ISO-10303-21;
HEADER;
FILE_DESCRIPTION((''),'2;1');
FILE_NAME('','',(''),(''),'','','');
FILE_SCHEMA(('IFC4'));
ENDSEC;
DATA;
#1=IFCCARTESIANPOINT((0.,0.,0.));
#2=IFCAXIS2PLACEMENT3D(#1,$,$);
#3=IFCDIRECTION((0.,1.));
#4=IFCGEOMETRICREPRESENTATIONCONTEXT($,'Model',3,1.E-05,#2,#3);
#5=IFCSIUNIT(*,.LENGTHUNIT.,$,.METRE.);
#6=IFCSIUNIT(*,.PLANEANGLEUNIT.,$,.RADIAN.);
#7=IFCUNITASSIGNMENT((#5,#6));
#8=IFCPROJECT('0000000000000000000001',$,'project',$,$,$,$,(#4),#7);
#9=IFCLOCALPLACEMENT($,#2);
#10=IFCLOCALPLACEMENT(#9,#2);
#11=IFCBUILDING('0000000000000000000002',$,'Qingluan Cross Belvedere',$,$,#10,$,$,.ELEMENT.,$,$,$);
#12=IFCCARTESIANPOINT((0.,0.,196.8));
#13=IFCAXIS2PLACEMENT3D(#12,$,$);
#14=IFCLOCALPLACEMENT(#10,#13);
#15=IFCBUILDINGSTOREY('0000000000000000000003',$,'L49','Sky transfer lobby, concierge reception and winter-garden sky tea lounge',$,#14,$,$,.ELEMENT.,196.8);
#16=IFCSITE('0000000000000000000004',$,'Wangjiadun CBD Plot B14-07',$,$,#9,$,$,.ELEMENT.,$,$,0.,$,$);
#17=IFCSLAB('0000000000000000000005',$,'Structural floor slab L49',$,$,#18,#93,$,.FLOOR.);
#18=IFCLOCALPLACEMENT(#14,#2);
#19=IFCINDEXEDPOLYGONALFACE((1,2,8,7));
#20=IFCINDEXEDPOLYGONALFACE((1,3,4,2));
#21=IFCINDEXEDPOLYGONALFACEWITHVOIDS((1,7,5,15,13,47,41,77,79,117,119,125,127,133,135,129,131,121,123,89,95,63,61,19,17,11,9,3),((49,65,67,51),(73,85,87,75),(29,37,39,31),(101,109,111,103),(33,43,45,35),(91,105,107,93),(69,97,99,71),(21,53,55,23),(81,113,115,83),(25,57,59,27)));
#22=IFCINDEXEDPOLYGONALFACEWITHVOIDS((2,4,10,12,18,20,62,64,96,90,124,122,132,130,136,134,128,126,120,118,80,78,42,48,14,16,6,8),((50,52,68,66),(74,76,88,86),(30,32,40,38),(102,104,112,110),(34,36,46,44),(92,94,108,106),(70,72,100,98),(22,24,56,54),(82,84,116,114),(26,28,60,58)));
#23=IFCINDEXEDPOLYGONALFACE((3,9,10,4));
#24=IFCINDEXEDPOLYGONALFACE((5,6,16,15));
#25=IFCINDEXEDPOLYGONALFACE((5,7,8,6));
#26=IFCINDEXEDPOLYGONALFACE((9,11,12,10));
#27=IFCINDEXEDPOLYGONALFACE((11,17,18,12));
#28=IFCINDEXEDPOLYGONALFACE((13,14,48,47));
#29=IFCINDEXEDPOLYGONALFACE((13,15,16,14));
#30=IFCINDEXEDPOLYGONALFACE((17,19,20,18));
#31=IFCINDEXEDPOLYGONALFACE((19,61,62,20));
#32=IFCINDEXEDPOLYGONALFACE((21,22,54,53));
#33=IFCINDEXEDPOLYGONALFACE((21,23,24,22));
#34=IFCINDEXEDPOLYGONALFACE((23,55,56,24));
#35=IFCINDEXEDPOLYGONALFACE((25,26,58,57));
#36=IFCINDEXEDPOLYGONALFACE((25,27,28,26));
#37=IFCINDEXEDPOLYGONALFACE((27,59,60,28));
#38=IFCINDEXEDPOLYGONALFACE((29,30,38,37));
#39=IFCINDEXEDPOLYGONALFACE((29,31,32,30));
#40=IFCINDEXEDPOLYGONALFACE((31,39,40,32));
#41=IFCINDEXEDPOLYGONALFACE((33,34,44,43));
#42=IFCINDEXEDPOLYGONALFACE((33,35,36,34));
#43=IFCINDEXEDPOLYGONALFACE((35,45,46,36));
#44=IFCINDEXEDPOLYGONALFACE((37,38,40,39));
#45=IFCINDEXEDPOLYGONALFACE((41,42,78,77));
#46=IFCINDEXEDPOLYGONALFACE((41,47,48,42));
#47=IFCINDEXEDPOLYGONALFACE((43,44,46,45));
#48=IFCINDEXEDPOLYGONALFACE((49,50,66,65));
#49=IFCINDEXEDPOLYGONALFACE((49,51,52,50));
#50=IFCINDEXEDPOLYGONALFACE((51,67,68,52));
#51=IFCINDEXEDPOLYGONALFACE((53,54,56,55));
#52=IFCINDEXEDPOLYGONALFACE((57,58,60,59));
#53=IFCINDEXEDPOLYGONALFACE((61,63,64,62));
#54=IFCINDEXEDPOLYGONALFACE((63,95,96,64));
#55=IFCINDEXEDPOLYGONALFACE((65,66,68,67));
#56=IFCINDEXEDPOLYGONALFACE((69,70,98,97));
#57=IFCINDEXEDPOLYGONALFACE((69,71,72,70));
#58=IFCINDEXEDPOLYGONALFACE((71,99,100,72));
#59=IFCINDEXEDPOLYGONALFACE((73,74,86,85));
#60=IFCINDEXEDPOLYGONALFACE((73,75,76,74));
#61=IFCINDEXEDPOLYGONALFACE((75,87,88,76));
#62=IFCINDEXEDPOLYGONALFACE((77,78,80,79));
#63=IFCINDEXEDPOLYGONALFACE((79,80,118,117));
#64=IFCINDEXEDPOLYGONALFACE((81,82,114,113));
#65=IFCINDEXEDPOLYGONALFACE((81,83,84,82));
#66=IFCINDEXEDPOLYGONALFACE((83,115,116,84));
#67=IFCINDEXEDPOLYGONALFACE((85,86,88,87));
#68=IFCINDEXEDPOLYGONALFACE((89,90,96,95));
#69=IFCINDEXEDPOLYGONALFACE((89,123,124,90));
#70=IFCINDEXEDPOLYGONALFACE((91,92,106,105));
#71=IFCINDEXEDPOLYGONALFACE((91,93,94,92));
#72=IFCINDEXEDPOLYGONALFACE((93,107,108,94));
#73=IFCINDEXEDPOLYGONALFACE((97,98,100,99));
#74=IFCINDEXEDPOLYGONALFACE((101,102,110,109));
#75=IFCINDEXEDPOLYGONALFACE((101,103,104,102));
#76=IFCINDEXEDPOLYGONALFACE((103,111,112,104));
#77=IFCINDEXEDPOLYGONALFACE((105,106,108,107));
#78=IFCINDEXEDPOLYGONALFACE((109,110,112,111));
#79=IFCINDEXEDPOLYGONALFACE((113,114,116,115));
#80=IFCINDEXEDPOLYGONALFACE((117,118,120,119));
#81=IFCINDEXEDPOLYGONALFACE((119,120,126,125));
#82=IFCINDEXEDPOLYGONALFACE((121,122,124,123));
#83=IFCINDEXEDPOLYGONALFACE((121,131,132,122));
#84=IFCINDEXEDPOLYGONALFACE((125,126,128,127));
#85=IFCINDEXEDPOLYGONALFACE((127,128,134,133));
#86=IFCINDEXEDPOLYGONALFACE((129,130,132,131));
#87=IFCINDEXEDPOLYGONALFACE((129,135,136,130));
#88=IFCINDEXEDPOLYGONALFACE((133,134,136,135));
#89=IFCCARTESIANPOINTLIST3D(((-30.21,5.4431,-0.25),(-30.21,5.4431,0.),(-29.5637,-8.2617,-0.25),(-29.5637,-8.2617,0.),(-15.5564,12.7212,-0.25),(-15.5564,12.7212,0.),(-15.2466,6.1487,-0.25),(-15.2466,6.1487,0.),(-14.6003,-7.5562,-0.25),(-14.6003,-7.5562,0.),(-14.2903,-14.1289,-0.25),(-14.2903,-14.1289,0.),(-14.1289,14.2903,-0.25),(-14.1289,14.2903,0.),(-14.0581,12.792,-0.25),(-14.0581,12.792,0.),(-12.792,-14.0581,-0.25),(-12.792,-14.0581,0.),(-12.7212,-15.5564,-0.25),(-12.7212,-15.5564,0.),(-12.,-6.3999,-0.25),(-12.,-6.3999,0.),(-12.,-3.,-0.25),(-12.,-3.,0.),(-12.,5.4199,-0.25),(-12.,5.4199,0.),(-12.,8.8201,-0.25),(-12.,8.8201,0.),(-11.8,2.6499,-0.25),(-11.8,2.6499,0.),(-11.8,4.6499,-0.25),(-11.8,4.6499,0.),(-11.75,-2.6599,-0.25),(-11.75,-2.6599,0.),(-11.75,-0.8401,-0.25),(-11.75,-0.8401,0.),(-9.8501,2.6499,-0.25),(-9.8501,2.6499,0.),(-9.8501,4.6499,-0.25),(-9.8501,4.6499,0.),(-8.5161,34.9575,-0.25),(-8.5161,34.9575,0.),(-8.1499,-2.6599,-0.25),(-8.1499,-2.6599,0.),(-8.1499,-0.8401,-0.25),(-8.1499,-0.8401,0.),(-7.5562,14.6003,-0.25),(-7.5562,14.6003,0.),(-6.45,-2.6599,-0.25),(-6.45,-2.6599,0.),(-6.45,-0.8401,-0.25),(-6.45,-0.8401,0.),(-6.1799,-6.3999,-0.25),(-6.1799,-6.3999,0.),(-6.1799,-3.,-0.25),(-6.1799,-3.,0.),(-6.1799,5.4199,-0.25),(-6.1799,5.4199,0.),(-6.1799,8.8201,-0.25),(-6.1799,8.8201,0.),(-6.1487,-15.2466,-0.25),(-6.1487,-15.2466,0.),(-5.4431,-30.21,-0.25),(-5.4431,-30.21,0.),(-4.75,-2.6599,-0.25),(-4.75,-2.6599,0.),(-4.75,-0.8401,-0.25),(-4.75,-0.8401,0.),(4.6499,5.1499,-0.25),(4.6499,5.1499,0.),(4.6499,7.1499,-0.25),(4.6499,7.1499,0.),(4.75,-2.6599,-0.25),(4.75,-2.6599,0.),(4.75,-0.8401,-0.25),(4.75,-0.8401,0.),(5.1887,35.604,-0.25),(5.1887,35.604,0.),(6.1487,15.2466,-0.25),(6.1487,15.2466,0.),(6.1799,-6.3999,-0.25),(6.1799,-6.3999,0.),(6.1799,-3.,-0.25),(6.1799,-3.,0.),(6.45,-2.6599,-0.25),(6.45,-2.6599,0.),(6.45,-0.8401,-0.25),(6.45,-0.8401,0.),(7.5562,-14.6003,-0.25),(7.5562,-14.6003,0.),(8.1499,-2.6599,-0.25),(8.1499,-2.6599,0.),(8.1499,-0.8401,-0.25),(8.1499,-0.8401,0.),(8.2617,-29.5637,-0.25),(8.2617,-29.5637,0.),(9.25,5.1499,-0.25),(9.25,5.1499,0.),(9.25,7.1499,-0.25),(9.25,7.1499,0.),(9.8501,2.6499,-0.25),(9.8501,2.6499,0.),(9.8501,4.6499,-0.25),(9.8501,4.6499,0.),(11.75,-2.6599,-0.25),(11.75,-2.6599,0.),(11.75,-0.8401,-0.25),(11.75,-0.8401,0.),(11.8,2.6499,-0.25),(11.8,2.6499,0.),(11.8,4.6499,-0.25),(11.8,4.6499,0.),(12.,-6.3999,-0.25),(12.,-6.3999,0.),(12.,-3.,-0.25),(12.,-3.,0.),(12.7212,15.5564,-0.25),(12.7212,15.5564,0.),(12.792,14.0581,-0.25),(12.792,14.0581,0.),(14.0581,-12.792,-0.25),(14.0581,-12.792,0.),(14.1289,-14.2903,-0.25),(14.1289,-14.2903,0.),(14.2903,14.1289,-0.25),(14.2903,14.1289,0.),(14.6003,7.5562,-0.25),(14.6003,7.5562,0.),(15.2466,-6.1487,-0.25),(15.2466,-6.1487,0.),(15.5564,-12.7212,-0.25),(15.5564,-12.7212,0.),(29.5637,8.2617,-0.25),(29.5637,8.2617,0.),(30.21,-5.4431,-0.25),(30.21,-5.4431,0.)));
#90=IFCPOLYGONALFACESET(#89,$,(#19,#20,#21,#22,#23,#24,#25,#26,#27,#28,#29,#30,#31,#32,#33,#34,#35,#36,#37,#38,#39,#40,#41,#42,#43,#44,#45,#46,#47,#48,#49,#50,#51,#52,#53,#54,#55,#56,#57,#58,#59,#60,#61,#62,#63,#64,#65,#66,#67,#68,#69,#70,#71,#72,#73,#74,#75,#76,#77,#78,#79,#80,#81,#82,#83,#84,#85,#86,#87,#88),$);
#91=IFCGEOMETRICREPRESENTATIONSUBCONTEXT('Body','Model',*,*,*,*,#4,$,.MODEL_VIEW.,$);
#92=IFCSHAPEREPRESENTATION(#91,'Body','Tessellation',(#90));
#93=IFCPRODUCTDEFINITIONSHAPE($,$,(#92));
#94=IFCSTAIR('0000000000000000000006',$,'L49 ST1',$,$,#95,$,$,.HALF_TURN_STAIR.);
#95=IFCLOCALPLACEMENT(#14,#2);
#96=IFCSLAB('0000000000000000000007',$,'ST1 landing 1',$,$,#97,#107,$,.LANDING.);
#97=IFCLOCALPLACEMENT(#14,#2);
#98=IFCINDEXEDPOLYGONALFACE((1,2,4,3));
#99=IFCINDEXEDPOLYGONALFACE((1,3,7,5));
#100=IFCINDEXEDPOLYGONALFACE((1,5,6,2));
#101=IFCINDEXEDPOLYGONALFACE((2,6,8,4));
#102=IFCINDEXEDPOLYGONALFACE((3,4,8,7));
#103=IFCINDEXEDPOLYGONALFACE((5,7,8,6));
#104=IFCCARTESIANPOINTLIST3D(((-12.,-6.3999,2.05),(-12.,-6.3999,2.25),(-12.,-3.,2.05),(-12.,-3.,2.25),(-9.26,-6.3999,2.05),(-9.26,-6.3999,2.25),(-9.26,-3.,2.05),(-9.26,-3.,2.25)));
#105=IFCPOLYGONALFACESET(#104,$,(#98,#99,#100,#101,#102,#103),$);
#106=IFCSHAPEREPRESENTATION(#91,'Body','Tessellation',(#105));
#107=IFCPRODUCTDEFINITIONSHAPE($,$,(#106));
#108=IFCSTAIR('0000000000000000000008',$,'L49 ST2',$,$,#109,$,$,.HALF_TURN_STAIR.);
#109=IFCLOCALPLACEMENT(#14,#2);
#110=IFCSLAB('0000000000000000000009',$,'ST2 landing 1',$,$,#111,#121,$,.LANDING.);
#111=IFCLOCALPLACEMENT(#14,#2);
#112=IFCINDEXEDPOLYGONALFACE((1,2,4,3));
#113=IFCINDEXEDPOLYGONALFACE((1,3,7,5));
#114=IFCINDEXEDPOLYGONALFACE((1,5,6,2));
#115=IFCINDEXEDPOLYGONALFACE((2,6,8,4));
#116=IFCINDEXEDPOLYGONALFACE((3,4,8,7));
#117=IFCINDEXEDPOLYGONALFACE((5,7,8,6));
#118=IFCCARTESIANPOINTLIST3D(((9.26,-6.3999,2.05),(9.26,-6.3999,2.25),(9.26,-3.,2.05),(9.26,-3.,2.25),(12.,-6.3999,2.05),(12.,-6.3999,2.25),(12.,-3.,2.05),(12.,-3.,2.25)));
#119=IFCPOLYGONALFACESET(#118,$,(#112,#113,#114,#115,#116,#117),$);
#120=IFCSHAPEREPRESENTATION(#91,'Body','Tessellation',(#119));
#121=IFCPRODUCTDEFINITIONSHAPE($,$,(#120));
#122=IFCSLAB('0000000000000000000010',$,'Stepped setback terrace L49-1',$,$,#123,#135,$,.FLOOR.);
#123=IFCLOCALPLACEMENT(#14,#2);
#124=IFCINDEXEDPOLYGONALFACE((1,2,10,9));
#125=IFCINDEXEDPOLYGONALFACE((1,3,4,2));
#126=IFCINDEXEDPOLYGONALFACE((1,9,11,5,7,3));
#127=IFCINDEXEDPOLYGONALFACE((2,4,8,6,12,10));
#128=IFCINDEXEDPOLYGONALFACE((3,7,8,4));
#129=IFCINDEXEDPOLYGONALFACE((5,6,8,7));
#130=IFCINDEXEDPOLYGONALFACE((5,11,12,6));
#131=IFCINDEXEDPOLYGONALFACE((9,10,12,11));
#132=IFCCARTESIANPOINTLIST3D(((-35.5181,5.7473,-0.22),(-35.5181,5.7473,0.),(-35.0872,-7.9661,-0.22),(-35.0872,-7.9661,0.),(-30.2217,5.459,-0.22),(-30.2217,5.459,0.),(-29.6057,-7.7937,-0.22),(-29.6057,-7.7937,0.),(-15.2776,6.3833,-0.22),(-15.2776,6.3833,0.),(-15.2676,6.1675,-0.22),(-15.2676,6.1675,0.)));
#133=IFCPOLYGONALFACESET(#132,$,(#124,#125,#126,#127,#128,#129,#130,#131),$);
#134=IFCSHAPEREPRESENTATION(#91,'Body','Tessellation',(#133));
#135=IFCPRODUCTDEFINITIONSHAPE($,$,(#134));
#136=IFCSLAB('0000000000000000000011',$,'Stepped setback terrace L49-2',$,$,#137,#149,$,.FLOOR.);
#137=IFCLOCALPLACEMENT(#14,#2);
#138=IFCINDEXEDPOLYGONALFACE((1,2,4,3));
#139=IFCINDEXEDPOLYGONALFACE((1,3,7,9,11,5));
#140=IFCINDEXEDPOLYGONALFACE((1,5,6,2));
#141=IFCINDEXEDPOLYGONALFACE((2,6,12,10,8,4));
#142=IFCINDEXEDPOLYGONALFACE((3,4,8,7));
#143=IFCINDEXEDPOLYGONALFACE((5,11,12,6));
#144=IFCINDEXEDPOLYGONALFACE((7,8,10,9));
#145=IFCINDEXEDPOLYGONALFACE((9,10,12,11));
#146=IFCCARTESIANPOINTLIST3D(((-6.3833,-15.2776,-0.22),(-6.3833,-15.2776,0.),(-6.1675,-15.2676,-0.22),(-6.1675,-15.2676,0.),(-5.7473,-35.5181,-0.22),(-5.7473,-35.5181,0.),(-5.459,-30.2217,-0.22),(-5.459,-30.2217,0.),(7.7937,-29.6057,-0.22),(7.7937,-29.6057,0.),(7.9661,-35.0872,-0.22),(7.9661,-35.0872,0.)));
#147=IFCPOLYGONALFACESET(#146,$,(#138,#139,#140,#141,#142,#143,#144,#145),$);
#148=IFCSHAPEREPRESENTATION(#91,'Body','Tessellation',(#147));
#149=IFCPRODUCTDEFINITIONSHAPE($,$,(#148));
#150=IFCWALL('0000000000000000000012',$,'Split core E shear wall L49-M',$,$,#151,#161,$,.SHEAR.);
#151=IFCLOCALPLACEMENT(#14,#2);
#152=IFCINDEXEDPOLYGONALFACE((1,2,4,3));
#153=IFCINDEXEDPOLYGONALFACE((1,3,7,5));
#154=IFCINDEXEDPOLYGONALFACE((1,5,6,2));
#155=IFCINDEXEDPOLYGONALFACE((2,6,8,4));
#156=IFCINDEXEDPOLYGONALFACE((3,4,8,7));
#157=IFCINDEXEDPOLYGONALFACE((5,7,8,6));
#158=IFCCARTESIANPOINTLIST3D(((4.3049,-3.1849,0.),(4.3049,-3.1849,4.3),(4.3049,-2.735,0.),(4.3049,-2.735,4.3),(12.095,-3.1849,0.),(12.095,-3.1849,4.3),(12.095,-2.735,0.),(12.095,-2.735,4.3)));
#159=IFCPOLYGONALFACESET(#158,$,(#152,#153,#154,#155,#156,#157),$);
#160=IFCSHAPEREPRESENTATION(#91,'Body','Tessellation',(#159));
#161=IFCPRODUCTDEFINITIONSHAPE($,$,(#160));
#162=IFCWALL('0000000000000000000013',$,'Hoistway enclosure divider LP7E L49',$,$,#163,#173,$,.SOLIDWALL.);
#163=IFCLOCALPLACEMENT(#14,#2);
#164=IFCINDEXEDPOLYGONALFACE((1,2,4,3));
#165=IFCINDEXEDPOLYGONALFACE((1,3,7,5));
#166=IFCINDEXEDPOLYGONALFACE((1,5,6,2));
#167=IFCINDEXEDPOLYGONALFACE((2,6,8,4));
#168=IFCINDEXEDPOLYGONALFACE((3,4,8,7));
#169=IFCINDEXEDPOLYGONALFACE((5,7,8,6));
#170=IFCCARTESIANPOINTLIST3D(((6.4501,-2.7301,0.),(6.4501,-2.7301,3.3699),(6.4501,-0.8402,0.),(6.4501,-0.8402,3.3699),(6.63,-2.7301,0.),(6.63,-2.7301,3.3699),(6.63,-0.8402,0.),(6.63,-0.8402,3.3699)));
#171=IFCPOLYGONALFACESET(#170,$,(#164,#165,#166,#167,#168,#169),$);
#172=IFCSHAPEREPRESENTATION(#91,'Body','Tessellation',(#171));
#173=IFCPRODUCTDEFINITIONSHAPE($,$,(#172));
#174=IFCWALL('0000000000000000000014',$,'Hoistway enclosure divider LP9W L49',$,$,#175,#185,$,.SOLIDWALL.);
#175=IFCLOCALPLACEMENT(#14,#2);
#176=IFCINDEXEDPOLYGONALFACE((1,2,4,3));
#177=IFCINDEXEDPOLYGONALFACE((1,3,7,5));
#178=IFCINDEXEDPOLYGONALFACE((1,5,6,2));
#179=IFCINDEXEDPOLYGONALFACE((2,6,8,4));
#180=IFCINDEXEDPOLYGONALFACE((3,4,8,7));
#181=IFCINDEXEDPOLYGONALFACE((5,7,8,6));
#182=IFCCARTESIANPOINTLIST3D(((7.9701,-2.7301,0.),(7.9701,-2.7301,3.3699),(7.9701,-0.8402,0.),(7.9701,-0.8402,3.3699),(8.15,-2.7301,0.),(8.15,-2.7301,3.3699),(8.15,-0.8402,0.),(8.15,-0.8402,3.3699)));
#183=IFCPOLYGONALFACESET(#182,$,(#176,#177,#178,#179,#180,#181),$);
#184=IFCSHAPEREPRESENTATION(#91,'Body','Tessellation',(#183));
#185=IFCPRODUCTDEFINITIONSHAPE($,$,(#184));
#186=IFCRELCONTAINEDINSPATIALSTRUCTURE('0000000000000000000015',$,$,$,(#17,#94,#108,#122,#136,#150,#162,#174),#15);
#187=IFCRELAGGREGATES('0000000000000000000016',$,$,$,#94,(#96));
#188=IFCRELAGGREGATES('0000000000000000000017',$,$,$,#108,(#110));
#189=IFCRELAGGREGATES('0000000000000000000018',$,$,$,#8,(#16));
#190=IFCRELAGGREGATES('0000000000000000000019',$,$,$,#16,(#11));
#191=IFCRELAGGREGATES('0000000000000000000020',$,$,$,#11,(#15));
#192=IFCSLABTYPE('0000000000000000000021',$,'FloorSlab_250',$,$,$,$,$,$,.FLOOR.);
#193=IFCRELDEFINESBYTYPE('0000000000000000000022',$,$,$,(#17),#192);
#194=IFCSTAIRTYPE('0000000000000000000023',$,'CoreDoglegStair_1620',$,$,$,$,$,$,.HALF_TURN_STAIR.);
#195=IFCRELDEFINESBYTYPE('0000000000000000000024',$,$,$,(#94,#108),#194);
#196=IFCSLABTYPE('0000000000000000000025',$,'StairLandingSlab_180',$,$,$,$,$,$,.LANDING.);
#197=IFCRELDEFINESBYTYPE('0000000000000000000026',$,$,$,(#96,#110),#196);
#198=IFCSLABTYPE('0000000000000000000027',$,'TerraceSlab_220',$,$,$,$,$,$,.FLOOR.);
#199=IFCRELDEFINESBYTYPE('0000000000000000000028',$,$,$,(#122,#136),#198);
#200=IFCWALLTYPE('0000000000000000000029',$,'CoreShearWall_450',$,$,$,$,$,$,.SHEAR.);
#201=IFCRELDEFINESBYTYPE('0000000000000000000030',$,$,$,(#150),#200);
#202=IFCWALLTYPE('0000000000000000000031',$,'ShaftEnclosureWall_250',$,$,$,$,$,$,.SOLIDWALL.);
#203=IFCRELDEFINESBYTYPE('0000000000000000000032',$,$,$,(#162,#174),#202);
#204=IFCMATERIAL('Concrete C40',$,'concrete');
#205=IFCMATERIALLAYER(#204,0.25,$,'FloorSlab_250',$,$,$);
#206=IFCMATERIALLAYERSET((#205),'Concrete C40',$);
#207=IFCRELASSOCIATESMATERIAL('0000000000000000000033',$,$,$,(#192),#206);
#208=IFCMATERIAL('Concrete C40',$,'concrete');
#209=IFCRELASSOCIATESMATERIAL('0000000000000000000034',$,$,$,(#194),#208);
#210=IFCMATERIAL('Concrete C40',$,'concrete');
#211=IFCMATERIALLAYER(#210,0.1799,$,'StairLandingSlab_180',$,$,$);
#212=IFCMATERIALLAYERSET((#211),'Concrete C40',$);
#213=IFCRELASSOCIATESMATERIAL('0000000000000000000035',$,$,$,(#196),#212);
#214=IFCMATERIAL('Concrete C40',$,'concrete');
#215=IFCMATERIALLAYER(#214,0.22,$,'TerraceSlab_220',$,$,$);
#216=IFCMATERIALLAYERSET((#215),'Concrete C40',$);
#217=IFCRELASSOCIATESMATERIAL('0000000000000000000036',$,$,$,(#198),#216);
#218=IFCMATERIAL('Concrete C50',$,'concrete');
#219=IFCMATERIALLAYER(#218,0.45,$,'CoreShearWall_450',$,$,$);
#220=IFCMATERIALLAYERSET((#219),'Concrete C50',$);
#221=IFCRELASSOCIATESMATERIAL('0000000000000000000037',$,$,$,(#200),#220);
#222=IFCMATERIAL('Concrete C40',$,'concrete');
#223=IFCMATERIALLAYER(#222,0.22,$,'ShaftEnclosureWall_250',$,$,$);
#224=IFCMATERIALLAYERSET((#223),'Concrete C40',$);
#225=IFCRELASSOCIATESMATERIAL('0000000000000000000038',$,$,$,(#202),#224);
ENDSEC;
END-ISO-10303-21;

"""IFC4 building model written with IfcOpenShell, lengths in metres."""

from ifc_helpers import new_model, si_unit, direction, frame, frame_2d, origin, place, context, subcontext, project, spatial, polyline, rectangle, outline, extrude, material, layer, layer_set, type_object, element, aggregate, save


model = new_model("IFC4")

# Units and contexts
model_context = context("Model", 3, precision=1e-05, world=origin(), true_north=direction((0.0, 1.0)))
body_context = subcontext(model_context, "Body", "Model", "MODEL_VIEW")
ifc_project = project(units=[si_unit("LENGTHUNIT", "METRE"), si_unit("PLANEANGLEUNIT", "RADIAN")], contexts=[model_context])

# Site, building, storey
site_placement = place(None, origin())
site = spatial("IfcSite", under=ifc_project, at=site_placement, Name="Wangjiadun CBD Plot B14-07", CompositionType="ELEMENT", RefElevation=0.0)
building_placement = place(site_placement, origin())
building = spatial("IfcBuilding", under=site, at=building_placement, Name="Qingluan Cross Belvedere", CompositionType="ELEMENT")
storey_placement = place(building_placement, frame((0.0, 0.0, 196.8)))
storey = spatial("IfcBuildingStorey", under=building, at=storey_placement, Name="L49", Description="Sky transfer lobby, concierge reception and winter-garden sky tea lounge", CompositionType="ELEMENT", Elevation=196.8)

# Slab
ifc_material_1 = material(Name="Concrete C40", Category="concrete")
ifc_layer_1 = layer(ifc_material_1, 0.25, Name="FloorSlab_250")
ifc_layer_set_1 = layer_set([ifc_layer_1], Name="Concrete C40")
slab_type_1 = type_object("IfcSlabType", Name="FloorSlab_250", PredefinedType="FLOOR", material=ifc_layer_set_1)
slab_1_placement = place(storey_placement, frame((0.0, 0.0, -0.25)))
element("IfcSlab", 1, at=slab_1_placement, inside=storey, type_object=slab_type_1, Name="Structural floor slab L49", PredefinedType="FLOOR", context=body_context, shape_type="SweptSolid", body=[
    extrude(outline(polyline([(8.2617, -29.5637), (7.5562, -14.6003), (14.1289, -14.2903), (14.0581, -12.792), (15.5564, -12.7212), (15.2466, -6.1487), (30.21, -5.4431), (29.5637, 8.2617), (14.6003, 7.5562), (14.2903, 14.1289), (12.792, 14.0581), (12.7212, 15.5564), (6.1487, 15.2466), (5.1887, 35.604), (-8.5161, 34.9575), (-7.5562, 14.6003), (-14.1289, 14.2903), (-14.0581, 12.792), (-15.5564, 12.7212), (-15.2466, 6.1487), (-30.21, 5.4431), (-29.5637, -8.2617), (-14.6003, -7.5562), (-14.2903, -14.1289), (-12.792, -14.0581), (-12.7212, -15.5564), (-6.1487, -15.2466), (-5.4431, -30.21), (8.2617, -29.5637)]), holes=[polyline([(-12.0, -3.0), (-6.1799, -3.0), (-6.1799, -6.3999), (-12.0, -6.3999), (-12.0, -3.0)]), polyline([(6.1799, -3.0), (12.0, -3.0), (12.0, -6.3999), (6.1799, -6.3999), (6.1799, -3.0)]), polyline([(-12.0, 8.8201), (-6.1799, 8.8201), (-6.1799, 5.4199), (-12.0, 5.4199), (-12.0, 8.8201)]), polyline([(-11.8, 4.6499), (-9.8501, 4.6499), (-9.8501, 2.6499), (-11.8, 2.6499), (-11.8, 4.6499)]), polyline([(9.8501, 4.6499), (11.8, 4.6499), (11.8, 2.6499), (9.8501, 2.6499), (9.8501, 4.6499)]), polyline([(-11.75, -0.8401), (-8.1499, -0.8401), (-8.1499, -2.6599), (-11.75, -2.6599), (-11.75, -0.8401)]), polyline([(-6.45, -0.8401), (-4.75, -0.8401), (-4.75, -2.6599), (-6.45, -2.6599), (-6.45, -0.8401)]), polyline([(4.75, -0.8401), (6.45, -0.8401), (6.45, -2.6599), (4.75, -2.6599), (4.75, -0.8401)]), polyline([(8.1499, -0.8401), (11.75, -0.8401), (11.75, -2.6599), (8.1499, -2.6599), (8.1499, -0.8401)]), polyline([(4.6499, 7.1499), (9.25, 7.1499), (9.25, 5.1499), (4.6499, 5.1499), (4.6499, 7.1499)])]), origin(), (0.0, 0.0, 1.0), 0.25),
])

# Stairs, slabs
ifc_material_2 = material(Name="Concrete C40", Category="concrete")
stair_type = type_object("IfcStairType", Name="CoreDoglegStair_1620", PredefinedType="HALF_TURN_STAIR", material=ifc_material_2)
stair_1_placement = place(storey_placement, origin())
stair_1 = element("IfcStair", 2, at=stair_1_placement, inside=storey, type_object=stair_type, Name="L49 ST1", PredefinedType="HALF_TURN_STAIR")
ifc_material_3 = material(Name="Concrete C40", Category="concrete")
ifc_layer_2 = layer(ifc_material_3, 0.1799, Name="StairLandingSlab_180")
ifc_layer_set_2 = layer_set([ifc_layer_2], Name="Concrete C40")
slab_type_2 = type_object("IfcSlabType", Name="StairLandingSlab_180", PredefinedType="LANDING", material=ifc_layer_set_2)
slab_2_placement = place(storey_placement, frame((0.0, 0.0, 2.05)))
slab_2 = element("IfcSlab", 3, at=slab_2_placement, type_object=slab_type_2, Name="ST1 landing 1", PredefinedType="LANDING", context=body_context, shape_type="SweptSolid", body=[
    extrude(outline(polyline([(-9.26, -3.0), (-12.0, -3.0), (-12.0, -6.3999), (-9.26, -6.3999), (-9.26, -3.0)])), origin(), (0.0, 0.0, 1.0), 0.2),
])
aggregate(stair_1, [slab_2])
stair_2_placement = place(storey_placement, origin())
stair_2 = element("IfcStair", 4, at=stair_2_placement, inside=storey, type_object=stair_type, Name="L49 ST2", PredefinedType="HALF_TURN_STAIR")
slab_3_placement = place(storey_placement, frame((0.0, 0.0, 2.05)))
slab_3 = element("IfcSlab", 5, at=slab_3_placement, type_object=slab_type_2, Name="ST2 landing 1", PredefinedType="LANDING", context=body_context, shape_type="SweptSolid", body=[
    extrude(outline(polyline([(9.26, -6.3999), (12.0, -6.3999), (12.0, -3.0), (9.26, -3.0), (9.26, -6.3999)])), origin(), (0.0, 0.0, 1.0), 0.2),
])

# Slabs
ifc_material_4 = material(Name="Concrete C40", Category="concrete")
ifc_layer_3 = layer(ifc_material_4, 0.22, Name="TerraceSlab_220")
ifc_layer_set_3 = layer_set([ifc_layer_3], Name="Concrete C40")
slab_type_3 = type_object("IfcSlabType", Name="TerraceSlab_220", PredefinedType="FLOOR", material=ifc_layer_set_3)
slab_4_placement = place(storey_placement, frame((0.0, 0.0, -0.22)))
element("IfcSlab", 6, at=slab_4_placement, inside=storey, type_object=slab_type_3, Name="Stepped setback terrace L49-1", PredefinedType="FLOOR", context=body_context, shape_type="SweptSolid", body=[
    extrude(outline(polyline([(-35.0872, -7.9661), (-29.6057, -7.7937), (-30.2217, 5.459), (-15.2676, 6.1675), (-15.2776, 6.3833), (-35.5181, 5.7473), (-35.0872, -7.9661)])), origin(), (0.0, 0.0, 1.0), 0.22),
])
slab_5_placement = place(storey_placement, frame((0.0, 0.0, -0.22)))
element("IfcSlab", 7, at=slab_5_placement, inside=storey, type_object=slab_type_3, Name="Stepped setback terrace L49-2", PredefinedType="FLOOR", context=body_context, shape_type="SweptSolid", body=[
    extrude(outline(polyline([(-6.3833, -15.2776), (-5.7473, -35.5181), (7.9661, -35.0872), (7.7937, -29.6057), (-5.459, -30.2217), (-6.1675, -15.2676), (-6.3833, -15.2776)])), origin(), (0.0, 0.0, 1.0), 0.22),
])

# Wall
ifc_material_5 = material(Name="Concrete C50", Category="concrete")
ifc_layer_4 = layer(ifc_material_5, 0.45, Name="CoreShearWall_450")
ifc_layer_set_4 = layer_set([ifc_layer_4], Name="Concrete C50")
wall_type_1 = type_object("IfcWallType", Name="CoreShearWall_450", PredefinedType="SHEAR", material=ifc_layer_set_4)
wall_1_placement = place(storey_placement, frame((4.3049, -2.96, 0.0), z_axis=(0.0, 0.0, 1.0), x_axis=(1.0, 0.0, 0.0)))
element("IfcWall", 8, at=wall_1_placement, inside=storey, type_object=wall_type_1, Name="Split core E shear wall L49-M", PredefinedType="SHEAR", context=body_context, shape_type="SweptSolid", body=[
    extrude(rectangle(XDim=7.79, YDim=0.45, at=frame_2d((3.895, 0.0))), origin(), (0.0, 0.0, 1.0), 4.3),
])

# Shared definitions
ifc_material_6 = material(Name="Concrete C40", Category="concrete")
ifc_layer_5 = layer(ifc_material_6, 0.22, Name="ShaftEnclosureWall_250")
ifc_layer_set_5 = layer_set([ifc_layer_5], Name="Concrete C40")
wall_type_2 = type_object("IfcWallType", Name="ShaftEnclosureWall_250", PredefinedType="SOLIDWALL", material=ifc_layer_set_5)

# Walls
for number, where, z_axis, x_axis, name in (
    (9, (6.54, -2.73, 0.0), (0.0, 0.0, 1.0), (0.0, 1.0, 0.0), "Hoistway enclosure divider LP7E L49"),
    (10, (8.0601, -2.73, 0.0), (0.0, 0.0, 1.0), (0.0, 1.0, 0.0), "Hoistway enclosure divider LP9W L49"),
):
    element("IfcWall", number, at=place(storey_placement, frame(where, z_axis=z_axis, x_axis=x_axis)), inside=storey, type_object=wall_type_2, Name=name, PredefinedType="SOLIDWALL", context=body_context, shape_type="SweptSolid", body=[
        extrude(rectangle(XDim=1.8899, YDim=0.1799, at=frame_2d((0.9448, 0.0))), origin(), (0.0, 0.0, 1.0), 3.3699),
    ])

aggregate(stair_2, [slab_3])

save(model, "model.ifc")
